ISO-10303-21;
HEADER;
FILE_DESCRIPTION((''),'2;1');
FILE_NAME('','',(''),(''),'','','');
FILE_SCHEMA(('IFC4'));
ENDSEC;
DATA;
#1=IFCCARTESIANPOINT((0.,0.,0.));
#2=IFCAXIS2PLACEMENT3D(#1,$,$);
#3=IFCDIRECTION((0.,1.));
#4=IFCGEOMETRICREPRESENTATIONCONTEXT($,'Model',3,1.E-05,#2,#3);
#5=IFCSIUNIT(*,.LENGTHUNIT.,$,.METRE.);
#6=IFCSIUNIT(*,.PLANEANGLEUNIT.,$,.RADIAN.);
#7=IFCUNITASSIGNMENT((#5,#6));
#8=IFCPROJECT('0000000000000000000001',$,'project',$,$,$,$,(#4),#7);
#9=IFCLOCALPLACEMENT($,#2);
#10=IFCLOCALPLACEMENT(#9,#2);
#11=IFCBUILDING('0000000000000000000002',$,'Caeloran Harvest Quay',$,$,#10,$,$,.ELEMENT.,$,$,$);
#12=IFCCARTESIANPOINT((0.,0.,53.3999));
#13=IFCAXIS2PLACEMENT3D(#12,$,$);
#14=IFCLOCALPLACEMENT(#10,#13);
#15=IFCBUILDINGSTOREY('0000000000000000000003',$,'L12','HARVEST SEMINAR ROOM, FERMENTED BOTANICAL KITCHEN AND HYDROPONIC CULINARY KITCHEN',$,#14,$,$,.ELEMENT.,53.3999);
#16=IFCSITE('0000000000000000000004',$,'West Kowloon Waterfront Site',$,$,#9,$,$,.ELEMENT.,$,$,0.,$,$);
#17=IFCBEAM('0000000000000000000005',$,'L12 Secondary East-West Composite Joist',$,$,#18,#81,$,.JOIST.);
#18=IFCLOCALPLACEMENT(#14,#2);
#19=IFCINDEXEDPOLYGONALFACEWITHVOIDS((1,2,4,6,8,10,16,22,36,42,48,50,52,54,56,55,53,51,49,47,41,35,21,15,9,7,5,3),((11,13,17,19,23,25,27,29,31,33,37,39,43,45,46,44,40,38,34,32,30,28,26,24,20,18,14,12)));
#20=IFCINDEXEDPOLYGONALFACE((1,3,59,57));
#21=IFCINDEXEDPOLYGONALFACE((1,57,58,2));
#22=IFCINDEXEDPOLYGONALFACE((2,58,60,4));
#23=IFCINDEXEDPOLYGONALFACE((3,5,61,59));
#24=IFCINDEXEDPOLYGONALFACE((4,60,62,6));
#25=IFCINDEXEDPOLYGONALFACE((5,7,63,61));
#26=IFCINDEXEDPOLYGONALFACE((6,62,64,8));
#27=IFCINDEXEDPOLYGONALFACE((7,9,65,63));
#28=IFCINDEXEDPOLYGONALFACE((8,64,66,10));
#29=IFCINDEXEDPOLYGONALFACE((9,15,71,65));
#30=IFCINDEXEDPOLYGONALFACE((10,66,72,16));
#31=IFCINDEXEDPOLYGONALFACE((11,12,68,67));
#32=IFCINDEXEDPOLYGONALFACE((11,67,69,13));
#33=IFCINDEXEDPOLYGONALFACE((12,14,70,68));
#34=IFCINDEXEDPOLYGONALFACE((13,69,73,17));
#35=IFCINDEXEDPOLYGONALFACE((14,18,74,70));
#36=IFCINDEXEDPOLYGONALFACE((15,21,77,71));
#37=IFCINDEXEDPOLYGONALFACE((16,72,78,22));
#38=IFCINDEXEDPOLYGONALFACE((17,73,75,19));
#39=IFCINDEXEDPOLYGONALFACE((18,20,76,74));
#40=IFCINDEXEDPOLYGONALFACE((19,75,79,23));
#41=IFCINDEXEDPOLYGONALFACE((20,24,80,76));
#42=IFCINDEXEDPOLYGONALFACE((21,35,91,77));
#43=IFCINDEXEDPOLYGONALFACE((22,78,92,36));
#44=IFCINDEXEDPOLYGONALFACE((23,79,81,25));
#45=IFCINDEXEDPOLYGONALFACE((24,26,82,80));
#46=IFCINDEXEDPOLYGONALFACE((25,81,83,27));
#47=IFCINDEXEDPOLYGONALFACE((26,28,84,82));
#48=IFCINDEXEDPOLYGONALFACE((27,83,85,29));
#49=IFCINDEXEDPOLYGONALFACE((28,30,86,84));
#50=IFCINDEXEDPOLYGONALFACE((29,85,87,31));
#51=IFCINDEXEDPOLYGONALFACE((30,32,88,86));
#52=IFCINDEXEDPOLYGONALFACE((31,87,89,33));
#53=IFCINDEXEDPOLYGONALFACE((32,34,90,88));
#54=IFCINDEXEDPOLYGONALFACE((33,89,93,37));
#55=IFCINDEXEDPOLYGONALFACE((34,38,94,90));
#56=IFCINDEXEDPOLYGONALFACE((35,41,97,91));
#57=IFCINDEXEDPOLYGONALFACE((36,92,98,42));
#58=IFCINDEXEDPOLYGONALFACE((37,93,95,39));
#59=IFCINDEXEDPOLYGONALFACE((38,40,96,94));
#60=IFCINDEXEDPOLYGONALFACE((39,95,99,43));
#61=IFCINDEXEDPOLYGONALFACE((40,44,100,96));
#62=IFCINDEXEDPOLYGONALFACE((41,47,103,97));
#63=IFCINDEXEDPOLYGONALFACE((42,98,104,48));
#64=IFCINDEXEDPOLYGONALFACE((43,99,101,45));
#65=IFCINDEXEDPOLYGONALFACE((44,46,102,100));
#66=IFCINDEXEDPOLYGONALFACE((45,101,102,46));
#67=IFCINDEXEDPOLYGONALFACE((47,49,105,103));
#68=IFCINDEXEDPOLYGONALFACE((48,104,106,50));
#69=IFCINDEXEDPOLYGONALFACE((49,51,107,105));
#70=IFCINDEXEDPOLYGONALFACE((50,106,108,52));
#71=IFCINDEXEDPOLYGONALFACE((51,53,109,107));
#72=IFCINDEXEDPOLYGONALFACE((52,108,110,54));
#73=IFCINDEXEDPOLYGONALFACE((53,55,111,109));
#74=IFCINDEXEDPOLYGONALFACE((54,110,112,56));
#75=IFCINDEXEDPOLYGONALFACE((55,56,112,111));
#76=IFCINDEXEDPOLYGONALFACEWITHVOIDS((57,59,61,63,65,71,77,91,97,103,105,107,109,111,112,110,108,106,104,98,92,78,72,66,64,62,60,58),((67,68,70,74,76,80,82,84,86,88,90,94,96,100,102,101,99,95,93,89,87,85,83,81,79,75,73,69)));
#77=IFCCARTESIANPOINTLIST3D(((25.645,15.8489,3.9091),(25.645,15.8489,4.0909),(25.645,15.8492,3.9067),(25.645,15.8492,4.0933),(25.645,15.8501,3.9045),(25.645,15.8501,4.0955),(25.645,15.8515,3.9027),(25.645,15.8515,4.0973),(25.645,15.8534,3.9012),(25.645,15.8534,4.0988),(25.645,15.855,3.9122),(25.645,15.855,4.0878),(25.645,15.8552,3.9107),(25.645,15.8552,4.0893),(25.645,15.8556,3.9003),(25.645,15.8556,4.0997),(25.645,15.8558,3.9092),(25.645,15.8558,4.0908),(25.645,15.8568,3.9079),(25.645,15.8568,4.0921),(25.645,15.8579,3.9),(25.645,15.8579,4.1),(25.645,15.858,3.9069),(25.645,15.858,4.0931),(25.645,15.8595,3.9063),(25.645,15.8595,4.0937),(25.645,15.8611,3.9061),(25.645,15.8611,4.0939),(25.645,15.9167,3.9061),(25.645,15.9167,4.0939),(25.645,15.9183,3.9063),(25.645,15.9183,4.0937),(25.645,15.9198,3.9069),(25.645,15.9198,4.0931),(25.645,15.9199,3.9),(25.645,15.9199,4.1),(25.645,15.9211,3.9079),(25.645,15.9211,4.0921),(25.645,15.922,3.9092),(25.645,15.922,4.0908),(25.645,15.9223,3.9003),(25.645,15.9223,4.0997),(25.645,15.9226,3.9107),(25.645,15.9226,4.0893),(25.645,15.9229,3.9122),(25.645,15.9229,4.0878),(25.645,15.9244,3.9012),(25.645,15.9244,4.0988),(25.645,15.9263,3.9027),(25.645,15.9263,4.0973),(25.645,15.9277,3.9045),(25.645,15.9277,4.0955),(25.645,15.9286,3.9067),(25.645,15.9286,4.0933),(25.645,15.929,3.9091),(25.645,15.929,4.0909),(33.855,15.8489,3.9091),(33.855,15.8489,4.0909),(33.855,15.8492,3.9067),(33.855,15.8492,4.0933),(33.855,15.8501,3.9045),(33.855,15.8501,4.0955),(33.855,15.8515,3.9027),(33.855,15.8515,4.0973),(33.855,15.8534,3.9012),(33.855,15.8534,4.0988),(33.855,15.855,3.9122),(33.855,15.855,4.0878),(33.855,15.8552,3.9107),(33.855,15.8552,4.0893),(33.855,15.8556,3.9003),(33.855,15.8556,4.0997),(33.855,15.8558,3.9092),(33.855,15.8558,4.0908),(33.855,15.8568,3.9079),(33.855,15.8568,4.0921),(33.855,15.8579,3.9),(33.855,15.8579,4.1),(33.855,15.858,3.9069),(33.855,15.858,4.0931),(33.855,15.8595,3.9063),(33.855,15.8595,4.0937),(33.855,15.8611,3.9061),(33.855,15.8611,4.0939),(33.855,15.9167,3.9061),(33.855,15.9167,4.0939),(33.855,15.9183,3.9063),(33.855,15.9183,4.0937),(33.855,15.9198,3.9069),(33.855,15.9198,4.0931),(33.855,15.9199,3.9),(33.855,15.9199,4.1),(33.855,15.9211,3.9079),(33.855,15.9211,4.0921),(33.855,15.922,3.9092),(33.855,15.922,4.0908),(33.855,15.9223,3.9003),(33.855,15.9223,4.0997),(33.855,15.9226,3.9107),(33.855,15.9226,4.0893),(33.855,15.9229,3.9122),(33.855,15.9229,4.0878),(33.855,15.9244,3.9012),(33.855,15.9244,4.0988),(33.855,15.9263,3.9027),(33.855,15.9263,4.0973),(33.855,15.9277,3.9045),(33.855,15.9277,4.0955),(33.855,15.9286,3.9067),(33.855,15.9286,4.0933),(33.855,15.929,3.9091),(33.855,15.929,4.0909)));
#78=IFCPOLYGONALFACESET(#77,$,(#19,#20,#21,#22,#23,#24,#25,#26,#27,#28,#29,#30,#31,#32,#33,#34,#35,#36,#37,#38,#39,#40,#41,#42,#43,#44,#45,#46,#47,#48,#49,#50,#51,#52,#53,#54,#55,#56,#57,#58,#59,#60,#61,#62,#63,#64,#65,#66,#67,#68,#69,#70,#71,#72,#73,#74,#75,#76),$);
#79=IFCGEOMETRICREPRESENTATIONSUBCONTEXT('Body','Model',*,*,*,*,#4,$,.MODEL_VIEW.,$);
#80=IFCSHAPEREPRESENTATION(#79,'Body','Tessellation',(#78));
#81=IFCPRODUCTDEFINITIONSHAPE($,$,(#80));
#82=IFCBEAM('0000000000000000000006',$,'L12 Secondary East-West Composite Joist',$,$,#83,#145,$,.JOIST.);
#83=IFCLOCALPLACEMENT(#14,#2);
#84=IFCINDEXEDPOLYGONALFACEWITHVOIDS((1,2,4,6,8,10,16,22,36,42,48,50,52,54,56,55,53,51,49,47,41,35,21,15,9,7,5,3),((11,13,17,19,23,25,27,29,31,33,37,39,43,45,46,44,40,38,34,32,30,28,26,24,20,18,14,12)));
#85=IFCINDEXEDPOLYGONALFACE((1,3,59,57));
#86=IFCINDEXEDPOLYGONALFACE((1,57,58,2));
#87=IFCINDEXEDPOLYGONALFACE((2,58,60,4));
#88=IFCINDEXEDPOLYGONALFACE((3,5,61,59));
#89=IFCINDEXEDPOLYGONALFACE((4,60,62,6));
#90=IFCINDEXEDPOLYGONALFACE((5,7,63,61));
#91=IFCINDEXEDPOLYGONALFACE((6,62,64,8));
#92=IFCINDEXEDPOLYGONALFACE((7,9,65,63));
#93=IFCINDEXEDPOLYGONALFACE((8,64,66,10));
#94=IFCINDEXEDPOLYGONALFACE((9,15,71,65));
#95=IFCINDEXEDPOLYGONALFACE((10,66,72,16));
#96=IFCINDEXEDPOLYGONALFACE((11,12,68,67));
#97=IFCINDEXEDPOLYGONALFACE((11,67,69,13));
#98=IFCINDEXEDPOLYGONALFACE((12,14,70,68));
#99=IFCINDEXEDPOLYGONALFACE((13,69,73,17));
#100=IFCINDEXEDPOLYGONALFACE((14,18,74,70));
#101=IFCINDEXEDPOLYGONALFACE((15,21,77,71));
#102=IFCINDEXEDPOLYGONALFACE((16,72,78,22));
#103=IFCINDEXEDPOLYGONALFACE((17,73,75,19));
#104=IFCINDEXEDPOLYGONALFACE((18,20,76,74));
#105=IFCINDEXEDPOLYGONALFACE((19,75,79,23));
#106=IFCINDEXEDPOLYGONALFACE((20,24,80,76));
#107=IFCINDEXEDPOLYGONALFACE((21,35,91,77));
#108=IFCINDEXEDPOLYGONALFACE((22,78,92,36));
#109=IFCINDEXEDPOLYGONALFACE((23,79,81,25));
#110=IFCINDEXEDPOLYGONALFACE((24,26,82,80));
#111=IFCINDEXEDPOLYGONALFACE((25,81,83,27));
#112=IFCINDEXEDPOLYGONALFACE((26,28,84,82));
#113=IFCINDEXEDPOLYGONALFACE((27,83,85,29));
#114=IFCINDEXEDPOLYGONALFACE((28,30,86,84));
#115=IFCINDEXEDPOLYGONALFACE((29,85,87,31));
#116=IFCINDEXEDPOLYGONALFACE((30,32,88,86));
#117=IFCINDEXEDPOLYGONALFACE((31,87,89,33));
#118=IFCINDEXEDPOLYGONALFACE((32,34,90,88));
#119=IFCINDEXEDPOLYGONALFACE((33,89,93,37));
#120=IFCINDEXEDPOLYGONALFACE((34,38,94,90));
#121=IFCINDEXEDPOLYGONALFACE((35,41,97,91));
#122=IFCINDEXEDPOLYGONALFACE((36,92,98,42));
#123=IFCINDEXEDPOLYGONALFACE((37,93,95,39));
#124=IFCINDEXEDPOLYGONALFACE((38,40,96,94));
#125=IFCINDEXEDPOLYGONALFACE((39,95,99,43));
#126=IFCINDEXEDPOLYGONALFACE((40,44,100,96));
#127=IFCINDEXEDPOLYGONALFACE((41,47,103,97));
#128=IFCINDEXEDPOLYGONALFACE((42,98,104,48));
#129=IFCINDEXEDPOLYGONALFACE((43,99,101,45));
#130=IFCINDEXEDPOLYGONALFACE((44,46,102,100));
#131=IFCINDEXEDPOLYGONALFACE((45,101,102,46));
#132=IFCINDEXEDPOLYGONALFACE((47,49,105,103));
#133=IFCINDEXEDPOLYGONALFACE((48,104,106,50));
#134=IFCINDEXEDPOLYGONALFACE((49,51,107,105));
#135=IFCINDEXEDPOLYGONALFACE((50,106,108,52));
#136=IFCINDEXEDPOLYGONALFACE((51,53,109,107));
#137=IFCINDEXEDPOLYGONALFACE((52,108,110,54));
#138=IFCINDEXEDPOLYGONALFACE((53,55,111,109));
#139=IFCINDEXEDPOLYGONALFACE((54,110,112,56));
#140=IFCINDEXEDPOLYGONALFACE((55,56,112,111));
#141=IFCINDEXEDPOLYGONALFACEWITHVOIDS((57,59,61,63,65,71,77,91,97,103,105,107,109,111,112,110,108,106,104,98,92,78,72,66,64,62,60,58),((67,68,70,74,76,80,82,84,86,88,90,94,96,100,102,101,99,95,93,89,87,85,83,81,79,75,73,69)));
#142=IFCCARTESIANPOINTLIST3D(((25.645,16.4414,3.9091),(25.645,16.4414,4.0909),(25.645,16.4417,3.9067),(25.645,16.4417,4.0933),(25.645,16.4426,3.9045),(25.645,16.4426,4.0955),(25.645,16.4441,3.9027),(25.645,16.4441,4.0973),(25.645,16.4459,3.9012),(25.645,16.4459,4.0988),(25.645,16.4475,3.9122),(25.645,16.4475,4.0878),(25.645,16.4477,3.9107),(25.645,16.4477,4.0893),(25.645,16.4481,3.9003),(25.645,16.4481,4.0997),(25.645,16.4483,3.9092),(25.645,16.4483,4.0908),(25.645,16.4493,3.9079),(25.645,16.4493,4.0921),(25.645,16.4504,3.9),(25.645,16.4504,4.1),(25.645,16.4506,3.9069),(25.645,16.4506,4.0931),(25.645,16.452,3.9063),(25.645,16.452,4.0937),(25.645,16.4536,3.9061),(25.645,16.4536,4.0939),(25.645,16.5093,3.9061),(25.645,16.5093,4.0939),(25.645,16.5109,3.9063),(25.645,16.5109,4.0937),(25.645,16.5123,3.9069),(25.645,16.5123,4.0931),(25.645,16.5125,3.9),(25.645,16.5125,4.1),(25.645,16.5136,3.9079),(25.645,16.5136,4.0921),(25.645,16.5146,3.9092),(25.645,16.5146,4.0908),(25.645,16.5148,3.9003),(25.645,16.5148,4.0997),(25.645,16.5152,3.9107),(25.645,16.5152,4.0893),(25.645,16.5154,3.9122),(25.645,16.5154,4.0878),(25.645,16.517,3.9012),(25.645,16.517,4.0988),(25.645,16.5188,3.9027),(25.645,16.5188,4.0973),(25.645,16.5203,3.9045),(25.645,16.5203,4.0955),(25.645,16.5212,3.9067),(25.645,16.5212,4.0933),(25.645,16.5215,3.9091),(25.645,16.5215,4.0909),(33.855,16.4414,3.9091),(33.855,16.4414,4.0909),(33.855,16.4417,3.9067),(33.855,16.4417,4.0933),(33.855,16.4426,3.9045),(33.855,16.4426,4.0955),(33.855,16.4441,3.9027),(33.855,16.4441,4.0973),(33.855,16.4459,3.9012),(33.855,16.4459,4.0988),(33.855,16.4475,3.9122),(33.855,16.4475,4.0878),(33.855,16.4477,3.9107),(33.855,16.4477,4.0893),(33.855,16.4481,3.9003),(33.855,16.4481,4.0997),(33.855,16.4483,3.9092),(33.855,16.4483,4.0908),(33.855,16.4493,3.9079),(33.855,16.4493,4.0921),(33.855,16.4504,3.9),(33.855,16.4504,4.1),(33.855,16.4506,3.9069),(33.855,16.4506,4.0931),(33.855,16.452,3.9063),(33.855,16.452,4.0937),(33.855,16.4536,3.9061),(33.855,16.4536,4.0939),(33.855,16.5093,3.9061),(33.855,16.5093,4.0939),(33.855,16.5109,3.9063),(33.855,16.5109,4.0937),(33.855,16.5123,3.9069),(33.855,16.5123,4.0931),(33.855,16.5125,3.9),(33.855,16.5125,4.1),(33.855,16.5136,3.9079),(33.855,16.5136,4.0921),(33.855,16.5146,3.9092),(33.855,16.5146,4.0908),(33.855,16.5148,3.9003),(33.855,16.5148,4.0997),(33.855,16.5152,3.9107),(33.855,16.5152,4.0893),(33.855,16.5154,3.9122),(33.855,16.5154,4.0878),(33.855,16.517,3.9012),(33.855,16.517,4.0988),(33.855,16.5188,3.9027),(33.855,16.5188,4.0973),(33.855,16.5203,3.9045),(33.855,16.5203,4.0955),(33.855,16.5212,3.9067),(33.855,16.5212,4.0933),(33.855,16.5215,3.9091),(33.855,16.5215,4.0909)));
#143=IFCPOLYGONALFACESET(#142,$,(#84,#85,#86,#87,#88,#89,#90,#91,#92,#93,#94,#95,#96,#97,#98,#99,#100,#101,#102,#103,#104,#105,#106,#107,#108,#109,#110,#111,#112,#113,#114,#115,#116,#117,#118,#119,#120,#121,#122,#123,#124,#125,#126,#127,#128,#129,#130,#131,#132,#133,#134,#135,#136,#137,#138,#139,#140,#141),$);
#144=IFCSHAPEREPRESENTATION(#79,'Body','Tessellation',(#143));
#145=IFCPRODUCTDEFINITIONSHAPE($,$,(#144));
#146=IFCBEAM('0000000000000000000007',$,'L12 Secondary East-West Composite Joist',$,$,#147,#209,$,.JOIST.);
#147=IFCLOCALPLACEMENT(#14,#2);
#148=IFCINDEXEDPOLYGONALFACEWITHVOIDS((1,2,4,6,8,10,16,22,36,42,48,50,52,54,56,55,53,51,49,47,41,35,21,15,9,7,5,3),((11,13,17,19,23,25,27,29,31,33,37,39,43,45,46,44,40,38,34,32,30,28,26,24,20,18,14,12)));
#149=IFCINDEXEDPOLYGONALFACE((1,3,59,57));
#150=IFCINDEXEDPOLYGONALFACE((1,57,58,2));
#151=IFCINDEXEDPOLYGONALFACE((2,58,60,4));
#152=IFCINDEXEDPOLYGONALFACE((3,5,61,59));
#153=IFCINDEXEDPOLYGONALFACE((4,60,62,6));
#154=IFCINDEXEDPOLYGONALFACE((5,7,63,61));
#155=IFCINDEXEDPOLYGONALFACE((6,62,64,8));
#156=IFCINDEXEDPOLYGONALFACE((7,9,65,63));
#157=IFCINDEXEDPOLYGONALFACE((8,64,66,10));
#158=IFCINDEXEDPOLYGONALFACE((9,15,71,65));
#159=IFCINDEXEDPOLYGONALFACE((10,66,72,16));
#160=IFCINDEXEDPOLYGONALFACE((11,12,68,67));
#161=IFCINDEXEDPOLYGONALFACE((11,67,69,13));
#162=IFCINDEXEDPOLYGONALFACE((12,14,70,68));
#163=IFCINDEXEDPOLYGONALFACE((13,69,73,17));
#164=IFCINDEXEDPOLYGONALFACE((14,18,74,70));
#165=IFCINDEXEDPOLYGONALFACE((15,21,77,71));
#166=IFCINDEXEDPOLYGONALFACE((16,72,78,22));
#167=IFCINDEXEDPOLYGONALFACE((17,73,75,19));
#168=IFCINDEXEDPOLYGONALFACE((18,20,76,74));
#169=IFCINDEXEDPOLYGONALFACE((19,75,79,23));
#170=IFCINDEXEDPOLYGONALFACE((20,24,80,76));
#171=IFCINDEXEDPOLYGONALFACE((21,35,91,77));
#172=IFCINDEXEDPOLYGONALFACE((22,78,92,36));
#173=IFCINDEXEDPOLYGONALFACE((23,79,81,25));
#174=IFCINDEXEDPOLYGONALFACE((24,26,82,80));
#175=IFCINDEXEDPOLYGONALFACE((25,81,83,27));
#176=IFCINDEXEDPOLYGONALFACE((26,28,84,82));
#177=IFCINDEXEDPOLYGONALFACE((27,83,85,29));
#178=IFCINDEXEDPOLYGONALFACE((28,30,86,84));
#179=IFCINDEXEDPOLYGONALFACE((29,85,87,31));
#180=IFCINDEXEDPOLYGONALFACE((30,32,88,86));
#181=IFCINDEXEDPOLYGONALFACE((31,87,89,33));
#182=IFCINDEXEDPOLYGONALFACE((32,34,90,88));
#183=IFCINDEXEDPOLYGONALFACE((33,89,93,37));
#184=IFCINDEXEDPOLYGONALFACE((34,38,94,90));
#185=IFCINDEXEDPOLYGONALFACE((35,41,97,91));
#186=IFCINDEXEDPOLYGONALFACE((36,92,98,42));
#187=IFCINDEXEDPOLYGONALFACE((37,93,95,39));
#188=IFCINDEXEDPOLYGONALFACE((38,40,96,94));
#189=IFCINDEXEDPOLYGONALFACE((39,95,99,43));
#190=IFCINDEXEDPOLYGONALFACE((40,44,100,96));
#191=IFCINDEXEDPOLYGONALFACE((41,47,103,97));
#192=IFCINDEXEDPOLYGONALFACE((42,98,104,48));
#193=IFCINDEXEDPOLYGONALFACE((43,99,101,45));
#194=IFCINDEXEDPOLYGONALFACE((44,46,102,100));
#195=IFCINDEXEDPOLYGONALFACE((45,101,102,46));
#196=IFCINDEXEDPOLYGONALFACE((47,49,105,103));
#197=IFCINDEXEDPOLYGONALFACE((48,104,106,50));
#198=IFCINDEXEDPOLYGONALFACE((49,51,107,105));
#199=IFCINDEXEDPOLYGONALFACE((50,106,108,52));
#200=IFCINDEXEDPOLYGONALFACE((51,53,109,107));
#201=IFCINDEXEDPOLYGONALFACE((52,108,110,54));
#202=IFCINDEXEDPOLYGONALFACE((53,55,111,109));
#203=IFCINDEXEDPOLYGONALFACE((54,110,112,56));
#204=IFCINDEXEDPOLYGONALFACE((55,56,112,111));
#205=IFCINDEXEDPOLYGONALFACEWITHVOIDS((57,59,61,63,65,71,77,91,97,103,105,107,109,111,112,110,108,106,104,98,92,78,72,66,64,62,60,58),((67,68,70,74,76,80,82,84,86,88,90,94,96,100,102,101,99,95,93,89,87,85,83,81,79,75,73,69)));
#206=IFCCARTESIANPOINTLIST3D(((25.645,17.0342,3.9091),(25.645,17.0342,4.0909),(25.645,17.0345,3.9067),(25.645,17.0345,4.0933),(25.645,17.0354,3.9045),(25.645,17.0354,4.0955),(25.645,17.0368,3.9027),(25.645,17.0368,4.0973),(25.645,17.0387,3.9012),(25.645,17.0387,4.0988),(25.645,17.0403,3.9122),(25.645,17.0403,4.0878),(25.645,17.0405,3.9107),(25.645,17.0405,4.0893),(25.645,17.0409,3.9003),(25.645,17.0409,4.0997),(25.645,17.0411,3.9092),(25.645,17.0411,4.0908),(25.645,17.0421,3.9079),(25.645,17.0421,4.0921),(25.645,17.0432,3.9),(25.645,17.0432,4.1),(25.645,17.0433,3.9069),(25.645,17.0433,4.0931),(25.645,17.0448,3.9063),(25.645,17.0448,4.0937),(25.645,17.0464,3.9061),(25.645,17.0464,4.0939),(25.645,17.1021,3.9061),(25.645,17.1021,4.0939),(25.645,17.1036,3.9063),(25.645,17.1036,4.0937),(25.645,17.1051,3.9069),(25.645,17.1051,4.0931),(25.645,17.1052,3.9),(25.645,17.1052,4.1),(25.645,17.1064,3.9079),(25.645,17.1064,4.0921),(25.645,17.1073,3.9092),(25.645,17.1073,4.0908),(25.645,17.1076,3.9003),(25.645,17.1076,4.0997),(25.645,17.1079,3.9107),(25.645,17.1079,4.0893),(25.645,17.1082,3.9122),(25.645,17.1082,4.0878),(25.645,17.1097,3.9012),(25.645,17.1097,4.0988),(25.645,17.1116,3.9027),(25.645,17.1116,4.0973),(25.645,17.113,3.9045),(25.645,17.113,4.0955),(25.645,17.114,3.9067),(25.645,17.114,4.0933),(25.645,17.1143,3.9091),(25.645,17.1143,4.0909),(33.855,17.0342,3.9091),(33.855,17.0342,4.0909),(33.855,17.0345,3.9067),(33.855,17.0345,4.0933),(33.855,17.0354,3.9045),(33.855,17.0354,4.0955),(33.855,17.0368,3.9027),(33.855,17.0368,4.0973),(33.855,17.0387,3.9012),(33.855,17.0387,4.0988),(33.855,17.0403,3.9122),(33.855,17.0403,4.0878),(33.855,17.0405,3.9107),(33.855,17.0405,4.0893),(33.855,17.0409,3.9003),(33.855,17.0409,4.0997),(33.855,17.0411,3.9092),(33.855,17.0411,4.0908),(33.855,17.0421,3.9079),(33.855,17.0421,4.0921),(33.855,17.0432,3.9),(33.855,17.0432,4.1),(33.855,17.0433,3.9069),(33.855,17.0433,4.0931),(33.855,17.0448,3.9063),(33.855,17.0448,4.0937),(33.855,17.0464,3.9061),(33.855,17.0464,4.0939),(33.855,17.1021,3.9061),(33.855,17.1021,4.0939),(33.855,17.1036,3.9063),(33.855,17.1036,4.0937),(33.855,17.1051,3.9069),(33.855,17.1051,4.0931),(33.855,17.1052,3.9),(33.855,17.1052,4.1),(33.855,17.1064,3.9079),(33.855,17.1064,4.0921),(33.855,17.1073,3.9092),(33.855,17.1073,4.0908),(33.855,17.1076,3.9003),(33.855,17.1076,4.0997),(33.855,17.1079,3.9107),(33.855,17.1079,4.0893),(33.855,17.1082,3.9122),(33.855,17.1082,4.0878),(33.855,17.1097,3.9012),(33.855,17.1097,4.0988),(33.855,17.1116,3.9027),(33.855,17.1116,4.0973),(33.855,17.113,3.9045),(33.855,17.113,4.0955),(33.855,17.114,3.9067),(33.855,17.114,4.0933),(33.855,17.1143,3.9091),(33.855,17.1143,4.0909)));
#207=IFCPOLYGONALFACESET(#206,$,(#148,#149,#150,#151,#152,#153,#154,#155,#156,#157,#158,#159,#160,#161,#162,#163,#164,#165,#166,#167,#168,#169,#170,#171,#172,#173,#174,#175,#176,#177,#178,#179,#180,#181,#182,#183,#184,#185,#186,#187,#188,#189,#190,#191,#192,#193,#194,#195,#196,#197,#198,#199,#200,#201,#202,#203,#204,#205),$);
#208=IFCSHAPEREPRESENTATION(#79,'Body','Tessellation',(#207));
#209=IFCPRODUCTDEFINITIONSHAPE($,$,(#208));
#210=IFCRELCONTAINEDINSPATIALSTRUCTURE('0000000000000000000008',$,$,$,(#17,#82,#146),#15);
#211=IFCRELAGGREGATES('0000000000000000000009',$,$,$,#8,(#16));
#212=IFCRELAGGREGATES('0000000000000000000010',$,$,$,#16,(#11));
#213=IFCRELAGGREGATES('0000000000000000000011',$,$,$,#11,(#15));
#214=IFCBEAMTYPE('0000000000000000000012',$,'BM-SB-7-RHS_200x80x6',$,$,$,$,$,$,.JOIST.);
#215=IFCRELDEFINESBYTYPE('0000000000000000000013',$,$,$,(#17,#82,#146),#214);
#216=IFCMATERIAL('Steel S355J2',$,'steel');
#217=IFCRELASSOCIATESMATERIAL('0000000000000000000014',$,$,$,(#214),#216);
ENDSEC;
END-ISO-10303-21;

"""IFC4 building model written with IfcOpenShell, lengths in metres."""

from ifc_helpers import new_model, si_unit, direction, frame, origin, origin_2d, place, context, subcontext, project, spatial, hollow_rectangle, extrude, material, material_profile, profile_set, type_object, element, save


model = new_model("IFC4")

# Units and contexts
model_context = context("Model", 3, precision=1e-05, world=origin(), true_north=direction((0.0, 1.0)))
body_context = subcontext(model_context, "Body", "Model", "MODEL_VIEW")
ifc_project = project(units=[si_unit("LENGTHUNIT", "METRE"), si_unit("PLANEANGLEUNIT", "RADIAN")], contexts=[model_context])

# Site, building, storey
site_placement = place(None, origin())
site = spatial("IfcSite", under=ifc_project, at=site_placement, Name="West Kowloon Waterfront Site", CompositionType="ELEMENT", RefElevation=0.0)
building_placement = place(site_placement, origin())
building = spatial("IfcBuilding", under=site, at=building_placement, Name="Caeloran Harvest Quay", CompositionType="ELEMENT")
storey_placement = place(building_placement, frame((0.0, 0.0, 53.3999)))
storey = spatial("IfcBuildingStorey", under=building, at=storey_placement, Name="L12", Description="HARVEST SEMINAR ROOM, FERMENTED BOTANICAL KITCHEN AND HYDROPONIC CULINARY KITCHEN", CompositionType="ELEMENT", Elevation=53.3999)

# Beams
ifc_material_1 = material(Name="Steel S355J2", Category="steel")
ifc_material_profile_1 = material_profile(ifc_material_1, hollow_rectangle(XDim=0.0801, YDim=0.2, WallThickness=0.0061, InnerFilletRadius=0.0061, OuterFilletRadius=0.009, at=origin_2d()), Name="RHS 200x80x6")
ifc_profile_set_1 = profile_set([ifc_material_profile_1], Name="Steel S355J2")
beam_type_1 = type_object("IfcBeamType", Name="BM-SB-7-RHS_200x80x6", PredefinedType="JOIST", material=ifc_profile_set_1)
for number, where, z_axis, x_axis, name in (
    (1, (25.645, 15.8889, 4.0), (1.0, 0.0, 0.0), (0.0, 1.0, 0.0), "L12 Secondary East-West Composite Joist"),
    (2, (25.645, 16.4814, 4.0), (1.0, 0.0, 0.0), (0.0, 1.0, 0.0), "L12 Secondary East-West Composite Joist"),
    (3, (25.645, 17.0742, 4.0), (1.0, 0.0, 0.0), (0.0, 1.0, 0.0), "L12 Secondary East-West Composite Joist"),
):
    element("IfcBeam", number, at=place(storey_placement, frame(where, z_axis=z_axis, x_axis=x_axis)), inside=storey, type_object=beam_type_1, Name=name, PredefinedType="JOIST", context=body_context, shape_type="SweptSolid", body=[
        extrude(hollow_rectangle(XDim=0.0801, YDim=0.2, WallThickness=0.0061, InnerFilletRadius=0.0061, OuterFilletRadius=0.009, at=origin_2d()), origin(), (0.0, 0.0, 1.0), 8.21),
    ])

save(model, "model.ifc")
